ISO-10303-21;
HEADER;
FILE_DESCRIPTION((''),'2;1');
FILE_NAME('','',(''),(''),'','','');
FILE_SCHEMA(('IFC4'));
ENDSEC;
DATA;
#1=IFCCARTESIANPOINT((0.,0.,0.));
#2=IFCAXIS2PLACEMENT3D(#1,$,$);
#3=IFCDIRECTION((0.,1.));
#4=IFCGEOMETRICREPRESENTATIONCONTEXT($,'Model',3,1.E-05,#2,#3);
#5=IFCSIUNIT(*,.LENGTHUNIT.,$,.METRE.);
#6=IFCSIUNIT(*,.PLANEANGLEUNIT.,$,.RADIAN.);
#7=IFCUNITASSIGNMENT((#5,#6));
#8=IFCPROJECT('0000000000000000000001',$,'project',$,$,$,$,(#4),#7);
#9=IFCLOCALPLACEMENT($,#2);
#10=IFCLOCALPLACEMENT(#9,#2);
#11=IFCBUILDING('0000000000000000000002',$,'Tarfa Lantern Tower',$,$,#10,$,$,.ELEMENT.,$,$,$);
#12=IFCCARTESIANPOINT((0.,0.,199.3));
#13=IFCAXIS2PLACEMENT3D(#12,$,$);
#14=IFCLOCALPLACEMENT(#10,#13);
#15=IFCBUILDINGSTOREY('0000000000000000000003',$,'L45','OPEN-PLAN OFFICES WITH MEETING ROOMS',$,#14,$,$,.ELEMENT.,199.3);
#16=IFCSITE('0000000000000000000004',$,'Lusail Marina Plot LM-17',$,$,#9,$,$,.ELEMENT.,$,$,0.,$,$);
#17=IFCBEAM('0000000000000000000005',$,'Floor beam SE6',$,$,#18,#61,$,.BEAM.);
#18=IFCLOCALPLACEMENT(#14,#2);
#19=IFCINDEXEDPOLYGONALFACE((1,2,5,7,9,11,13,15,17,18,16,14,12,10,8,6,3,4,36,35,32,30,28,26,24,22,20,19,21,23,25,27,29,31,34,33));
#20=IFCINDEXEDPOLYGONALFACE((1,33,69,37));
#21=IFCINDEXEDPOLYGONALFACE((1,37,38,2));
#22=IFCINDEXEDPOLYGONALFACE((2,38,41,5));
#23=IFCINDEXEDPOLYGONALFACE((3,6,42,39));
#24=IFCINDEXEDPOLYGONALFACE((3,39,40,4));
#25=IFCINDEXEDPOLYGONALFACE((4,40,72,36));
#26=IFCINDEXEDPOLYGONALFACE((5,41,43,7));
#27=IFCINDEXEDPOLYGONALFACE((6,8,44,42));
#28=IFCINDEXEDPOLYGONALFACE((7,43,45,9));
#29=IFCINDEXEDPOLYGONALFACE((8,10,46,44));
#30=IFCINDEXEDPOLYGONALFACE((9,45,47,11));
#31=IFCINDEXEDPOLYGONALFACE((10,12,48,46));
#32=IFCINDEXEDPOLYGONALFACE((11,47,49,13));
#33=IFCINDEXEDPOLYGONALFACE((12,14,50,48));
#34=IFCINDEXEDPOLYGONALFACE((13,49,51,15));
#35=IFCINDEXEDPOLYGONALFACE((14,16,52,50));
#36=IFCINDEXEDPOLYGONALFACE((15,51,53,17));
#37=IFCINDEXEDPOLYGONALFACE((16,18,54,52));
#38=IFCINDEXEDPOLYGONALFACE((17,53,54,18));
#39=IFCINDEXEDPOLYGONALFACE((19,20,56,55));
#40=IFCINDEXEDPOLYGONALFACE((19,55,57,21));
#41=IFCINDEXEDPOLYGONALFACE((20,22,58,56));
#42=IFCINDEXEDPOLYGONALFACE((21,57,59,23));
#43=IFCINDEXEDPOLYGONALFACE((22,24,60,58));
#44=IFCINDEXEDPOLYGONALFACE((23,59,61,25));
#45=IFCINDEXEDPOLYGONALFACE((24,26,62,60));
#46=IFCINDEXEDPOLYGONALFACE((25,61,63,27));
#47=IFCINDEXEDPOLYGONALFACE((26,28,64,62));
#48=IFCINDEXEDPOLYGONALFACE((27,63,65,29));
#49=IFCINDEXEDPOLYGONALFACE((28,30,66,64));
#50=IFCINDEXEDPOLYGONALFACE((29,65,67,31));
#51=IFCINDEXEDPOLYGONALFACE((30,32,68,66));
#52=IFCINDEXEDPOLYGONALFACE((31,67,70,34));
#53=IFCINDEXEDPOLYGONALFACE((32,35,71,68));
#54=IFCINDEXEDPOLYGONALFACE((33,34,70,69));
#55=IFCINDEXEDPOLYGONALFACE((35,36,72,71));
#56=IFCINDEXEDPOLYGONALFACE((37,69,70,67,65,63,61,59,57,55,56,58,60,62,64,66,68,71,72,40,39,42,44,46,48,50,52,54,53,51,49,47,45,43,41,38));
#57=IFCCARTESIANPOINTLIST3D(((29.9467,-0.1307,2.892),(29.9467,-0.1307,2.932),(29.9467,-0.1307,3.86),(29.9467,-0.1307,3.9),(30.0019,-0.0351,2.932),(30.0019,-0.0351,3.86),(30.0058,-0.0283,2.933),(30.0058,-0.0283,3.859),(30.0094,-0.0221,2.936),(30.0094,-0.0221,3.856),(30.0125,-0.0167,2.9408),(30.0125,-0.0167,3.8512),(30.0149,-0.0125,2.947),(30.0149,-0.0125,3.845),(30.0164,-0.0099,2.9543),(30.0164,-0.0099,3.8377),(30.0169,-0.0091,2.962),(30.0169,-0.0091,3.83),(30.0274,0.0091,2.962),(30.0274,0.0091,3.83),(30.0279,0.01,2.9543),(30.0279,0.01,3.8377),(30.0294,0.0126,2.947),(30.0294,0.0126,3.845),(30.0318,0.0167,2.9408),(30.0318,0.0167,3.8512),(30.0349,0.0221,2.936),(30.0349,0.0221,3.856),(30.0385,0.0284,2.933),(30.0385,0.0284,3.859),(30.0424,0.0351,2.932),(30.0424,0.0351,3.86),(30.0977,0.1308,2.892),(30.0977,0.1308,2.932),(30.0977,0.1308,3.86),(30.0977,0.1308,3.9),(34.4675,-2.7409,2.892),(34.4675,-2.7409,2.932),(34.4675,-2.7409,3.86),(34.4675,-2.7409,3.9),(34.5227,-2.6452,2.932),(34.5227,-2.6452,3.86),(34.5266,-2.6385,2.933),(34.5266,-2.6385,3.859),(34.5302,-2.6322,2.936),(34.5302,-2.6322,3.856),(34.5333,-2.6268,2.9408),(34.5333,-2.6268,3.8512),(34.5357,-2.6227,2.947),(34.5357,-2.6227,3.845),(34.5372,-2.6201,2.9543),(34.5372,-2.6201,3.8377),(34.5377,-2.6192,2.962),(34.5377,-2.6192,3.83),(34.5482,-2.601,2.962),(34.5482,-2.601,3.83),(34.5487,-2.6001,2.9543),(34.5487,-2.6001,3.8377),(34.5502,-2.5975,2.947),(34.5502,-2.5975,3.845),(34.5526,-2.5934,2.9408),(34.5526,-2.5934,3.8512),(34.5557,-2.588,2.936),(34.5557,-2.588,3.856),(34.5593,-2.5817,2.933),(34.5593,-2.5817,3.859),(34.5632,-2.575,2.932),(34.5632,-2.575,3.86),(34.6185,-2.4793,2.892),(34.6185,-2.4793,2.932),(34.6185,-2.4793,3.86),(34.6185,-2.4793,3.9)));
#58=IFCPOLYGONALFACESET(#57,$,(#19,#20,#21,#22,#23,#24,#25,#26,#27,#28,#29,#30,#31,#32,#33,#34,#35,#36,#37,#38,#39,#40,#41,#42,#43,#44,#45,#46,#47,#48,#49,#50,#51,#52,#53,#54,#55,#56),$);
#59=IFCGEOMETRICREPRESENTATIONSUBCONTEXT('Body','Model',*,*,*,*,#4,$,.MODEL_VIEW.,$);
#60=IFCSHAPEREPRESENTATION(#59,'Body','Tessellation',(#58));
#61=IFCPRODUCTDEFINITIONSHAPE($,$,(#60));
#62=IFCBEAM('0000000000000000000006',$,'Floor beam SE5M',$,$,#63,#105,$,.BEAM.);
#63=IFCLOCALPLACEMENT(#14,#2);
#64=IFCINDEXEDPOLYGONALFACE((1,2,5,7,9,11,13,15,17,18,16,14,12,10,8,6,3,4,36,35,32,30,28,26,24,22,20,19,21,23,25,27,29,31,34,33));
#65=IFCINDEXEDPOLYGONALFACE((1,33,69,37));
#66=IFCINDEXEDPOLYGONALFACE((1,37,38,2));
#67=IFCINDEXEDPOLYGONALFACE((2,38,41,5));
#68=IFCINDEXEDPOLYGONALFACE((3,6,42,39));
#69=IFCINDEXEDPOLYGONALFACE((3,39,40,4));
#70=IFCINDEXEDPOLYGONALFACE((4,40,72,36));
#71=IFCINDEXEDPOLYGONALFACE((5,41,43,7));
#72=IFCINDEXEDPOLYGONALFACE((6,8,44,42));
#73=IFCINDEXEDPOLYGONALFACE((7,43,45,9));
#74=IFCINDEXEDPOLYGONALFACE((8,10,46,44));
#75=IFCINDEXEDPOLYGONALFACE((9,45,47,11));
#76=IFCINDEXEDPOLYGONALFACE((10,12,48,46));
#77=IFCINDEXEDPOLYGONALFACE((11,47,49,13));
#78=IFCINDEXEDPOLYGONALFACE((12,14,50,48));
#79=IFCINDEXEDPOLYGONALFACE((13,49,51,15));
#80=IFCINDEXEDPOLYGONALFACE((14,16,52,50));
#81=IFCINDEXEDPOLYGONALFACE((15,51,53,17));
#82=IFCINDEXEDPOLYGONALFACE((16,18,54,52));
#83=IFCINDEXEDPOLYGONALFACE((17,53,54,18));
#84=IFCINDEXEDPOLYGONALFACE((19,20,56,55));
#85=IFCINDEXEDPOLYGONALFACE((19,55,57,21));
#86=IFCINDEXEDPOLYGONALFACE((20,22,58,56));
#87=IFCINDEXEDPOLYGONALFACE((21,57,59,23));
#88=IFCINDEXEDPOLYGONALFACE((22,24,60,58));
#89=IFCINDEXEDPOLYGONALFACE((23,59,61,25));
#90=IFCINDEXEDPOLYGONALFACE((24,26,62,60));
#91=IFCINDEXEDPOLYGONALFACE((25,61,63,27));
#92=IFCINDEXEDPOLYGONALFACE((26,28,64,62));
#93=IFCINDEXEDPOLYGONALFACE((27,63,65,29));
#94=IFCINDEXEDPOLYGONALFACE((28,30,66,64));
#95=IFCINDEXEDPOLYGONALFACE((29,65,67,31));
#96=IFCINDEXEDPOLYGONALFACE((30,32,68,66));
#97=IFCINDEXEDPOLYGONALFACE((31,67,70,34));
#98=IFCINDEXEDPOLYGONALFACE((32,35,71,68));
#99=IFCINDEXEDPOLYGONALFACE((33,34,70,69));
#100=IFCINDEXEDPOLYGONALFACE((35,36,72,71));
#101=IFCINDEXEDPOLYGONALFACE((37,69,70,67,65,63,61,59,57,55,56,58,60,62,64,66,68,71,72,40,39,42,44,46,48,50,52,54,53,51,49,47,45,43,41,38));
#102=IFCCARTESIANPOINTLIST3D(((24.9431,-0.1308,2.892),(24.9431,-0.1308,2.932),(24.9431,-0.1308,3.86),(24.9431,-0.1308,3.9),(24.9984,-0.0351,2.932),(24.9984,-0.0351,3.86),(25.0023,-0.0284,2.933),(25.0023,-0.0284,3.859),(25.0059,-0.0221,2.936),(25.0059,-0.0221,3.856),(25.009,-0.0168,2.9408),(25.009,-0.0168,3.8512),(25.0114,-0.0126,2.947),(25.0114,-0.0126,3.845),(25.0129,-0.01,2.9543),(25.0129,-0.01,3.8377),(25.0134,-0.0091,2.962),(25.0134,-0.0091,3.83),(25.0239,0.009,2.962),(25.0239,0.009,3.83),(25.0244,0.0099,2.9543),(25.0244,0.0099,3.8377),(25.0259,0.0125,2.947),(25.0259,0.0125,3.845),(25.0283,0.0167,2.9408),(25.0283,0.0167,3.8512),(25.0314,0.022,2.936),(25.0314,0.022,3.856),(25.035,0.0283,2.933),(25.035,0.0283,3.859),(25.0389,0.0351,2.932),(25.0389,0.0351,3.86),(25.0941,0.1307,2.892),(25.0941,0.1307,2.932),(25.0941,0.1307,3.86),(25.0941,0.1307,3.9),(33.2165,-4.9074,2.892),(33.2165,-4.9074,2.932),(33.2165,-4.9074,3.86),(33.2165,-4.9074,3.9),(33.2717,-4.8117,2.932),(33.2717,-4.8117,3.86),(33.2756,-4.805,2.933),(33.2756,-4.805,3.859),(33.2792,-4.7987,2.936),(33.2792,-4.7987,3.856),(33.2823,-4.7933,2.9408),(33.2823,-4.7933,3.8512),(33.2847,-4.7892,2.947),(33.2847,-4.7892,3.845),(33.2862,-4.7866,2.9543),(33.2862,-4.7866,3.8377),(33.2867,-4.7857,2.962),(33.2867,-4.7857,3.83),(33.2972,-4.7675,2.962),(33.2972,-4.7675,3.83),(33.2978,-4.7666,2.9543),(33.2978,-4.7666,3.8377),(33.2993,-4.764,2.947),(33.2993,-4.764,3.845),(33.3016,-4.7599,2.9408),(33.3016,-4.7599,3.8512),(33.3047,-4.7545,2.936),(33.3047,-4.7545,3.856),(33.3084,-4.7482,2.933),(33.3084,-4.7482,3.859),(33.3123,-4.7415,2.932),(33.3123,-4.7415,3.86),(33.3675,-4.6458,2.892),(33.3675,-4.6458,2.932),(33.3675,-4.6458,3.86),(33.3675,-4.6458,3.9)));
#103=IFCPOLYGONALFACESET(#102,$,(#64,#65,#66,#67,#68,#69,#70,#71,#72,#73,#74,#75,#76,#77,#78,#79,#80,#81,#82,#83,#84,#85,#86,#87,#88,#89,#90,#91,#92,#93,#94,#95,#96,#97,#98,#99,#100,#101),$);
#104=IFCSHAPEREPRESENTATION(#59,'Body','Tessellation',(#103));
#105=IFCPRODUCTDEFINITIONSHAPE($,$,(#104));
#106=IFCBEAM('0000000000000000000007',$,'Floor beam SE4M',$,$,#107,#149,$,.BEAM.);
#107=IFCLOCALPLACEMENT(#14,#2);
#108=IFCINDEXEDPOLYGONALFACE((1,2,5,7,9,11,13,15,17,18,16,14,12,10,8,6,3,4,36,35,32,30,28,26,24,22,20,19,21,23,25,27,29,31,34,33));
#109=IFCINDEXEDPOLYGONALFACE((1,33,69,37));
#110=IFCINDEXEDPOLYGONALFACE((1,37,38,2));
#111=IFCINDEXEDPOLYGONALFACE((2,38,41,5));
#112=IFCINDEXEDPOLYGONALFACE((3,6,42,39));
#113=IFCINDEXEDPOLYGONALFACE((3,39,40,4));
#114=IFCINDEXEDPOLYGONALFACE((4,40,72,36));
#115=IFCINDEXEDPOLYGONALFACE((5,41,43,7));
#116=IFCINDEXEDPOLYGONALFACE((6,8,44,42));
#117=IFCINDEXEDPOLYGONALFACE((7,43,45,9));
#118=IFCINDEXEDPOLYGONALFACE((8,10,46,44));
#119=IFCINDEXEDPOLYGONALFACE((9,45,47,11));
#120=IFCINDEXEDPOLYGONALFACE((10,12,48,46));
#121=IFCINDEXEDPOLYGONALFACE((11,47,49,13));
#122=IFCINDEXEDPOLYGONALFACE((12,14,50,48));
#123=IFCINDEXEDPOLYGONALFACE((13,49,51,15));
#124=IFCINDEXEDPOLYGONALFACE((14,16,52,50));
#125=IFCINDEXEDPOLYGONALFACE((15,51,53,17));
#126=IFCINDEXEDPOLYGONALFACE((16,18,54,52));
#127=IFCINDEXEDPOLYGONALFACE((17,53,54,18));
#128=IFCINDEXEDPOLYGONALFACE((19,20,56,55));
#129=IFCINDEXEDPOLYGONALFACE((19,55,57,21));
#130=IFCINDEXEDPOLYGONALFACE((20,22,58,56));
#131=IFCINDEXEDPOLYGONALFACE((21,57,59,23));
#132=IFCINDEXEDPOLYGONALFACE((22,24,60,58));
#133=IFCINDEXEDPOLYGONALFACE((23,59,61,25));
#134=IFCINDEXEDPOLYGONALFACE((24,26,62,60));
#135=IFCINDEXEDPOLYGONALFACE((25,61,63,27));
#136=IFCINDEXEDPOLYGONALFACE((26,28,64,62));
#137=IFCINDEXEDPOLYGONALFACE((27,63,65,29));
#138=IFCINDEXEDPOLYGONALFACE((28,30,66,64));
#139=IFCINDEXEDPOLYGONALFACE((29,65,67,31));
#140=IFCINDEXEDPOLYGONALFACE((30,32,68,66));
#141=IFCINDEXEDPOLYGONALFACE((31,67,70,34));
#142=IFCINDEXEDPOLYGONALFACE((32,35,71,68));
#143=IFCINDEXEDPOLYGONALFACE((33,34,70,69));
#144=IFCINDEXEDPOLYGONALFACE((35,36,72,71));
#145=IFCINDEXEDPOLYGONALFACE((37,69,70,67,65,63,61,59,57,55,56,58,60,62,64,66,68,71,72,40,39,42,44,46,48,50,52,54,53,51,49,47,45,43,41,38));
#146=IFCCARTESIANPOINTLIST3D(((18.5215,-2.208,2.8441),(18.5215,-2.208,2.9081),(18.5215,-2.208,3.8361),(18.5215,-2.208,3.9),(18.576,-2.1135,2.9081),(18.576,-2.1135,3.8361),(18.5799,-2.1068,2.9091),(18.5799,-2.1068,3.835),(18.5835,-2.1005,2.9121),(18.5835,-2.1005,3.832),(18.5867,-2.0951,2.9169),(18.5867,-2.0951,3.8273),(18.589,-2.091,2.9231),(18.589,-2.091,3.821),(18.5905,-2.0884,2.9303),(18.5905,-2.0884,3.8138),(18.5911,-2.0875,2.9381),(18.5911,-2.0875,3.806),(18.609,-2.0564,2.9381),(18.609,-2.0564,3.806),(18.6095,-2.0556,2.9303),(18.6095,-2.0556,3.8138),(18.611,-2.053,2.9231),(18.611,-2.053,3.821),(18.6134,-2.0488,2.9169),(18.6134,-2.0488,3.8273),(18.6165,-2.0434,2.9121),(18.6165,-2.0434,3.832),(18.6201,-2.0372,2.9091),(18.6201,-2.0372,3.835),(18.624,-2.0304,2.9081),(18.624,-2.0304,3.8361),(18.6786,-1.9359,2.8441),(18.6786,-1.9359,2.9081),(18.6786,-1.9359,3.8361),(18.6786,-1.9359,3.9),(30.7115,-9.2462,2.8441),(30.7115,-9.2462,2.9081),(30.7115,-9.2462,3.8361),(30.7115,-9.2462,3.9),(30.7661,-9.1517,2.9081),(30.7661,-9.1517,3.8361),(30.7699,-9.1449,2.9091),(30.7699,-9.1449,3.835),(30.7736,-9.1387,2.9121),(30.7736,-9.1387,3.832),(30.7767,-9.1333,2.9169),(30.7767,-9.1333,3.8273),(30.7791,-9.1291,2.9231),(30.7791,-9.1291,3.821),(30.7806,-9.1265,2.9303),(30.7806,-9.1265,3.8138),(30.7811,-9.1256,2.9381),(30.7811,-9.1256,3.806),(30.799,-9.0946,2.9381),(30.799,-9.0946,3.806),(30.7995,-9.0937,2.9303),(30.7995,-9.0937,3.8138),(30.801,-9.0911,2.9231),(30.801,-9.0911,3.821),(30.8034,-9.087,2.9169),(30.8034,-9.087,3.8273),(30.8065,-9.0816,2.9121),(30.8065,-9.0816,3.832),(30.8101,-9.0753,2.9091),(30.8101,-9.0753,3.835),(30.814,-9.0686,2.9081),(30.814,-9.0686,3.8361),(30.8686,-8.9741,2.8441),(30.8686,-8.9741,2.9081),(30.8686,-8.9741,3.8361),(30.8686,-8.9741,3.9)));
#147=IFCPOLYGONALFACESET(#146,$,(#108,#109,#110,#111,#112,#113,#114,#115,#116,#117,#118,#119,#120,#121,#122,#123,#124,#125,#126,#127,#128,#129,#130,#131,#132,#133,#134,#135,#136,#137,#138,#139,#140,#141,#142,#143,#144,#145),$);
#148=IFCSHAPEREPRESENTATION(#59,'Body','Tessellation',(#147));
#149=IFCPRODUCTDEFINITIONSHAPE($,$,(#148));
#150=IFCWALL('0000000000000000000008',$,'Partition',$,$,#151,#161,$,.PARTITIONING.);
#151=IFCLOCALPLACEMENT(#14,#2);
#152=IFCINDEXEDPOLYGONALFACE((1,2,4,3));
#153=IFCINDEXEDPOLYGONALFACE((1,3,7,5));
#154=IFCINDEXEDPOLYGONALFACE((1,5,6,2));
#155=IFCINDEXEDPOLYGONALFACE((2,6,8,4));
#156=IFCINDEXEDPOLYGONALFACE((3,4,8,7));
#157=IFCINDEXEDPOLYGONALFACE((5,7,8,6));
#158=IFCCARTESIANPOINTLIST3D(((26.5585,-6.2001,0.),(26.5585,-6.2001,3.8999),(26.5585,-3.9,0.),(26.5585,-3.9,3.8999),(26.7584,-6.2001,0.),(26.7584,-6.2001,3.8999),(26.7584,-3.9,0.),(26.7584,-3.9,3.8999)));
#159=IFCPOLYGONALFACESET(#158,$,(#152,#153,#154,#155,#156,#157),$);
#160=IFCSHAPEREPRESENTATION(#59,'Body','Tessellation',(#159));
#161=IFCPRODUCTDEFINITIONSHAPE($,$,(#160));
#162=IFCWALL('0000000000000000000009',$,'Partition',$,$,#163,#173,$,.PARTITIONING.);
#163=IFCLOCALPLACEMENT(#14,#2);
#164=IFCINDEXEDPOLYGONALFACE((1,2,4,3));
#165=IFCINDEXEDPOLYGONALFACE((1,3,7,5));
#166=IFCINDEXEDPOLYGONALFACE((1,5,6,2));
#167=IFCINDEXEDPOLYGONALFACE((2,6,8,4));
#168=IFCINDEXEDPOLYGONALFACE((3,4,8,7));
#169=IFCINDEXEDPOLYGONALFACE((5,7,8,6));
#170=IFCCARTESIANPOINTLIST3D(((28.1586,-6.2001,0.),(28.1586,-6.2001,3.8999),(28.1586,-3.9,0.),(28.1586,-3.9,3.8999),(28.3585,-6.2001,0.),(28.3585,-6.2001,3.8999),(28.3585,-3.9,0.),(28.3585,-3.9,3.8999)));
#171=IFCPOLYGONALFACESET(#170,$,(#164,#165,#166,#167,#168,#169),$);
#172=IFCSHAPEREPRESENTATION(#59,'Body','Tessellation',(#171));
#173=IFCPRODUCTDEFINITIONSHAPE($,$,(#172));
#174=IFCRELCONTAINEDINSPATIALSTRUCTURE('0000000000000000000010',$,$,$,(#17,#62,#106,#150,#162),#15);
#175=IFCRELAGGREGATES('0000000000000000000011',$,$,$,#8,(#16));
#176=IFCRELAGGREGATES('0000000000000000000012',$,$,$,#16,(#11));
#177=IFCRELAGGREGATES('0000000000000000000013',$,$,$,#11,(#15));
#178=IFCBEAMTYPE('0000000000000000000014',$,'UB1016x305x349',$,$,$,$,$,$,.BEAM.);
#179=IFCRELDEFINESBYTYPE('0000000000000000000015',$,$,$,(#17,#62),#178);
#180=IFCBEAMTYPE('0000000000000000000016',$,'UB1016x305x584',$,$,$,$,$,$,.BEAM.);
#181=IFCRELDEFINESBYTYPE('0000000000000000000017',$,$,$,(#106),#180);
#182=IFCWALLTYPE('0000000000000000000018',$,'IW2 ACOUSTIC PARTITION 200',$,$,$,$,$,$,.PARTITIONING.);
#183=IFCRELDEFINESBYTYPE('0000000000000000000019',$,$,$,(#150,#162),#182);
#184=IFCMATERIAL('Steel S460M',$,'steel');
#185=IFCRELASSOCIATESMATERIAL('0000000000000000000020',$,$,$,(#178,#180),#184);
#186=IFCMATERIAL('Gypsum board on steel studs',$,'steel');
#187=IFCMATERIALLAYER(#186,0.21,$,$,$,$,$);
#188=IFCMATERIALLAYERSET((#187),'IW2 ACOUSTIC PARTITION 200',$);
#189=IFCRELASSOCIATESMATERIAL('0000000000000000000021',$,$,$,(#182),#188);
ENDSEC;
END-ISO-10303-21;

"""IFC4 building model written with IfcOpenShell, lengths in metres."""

from ifc_helpers import new_model, si_unit, direction, frame, frame_2d, origin, origin_2d, place, context, subcontext, project, spatial, rectangle, i_section, extrude, material, layer, layer_set, material_profile, profile_set, type_object, element, save


model = new_model("IFC4")

# Units and contexts
model_context = context("Model", 3, precision=1e-05, world=origin(), true_north=direction((0.0, 1.0)))
body_context = subcontext(model_context, "Body", "Model", "MODEL_VIEW")
ifc_project = project(units=[si_unit("LENGTHUNIT", "METRE"), si_unit("PLANEANGLEUNIT", "RADIAN")], contexts=[model_context])

# Site, building, storey
site_placement = place(None, origin())
site = spatial("IfcSite", under=ifc_project, at=site_placement, Name="Lusail Marina Plot LM-17", CompositionType="ELEMENT", RefElevation=0.0)
building_placement = place(site_placement, origin())
building = spatial("IfcBuilding", under=site, at=building_placement, Name="Tarfa Lantern Tower", CompositionType="ELEMENT")
storey_placement = place(building_placement, frame((0.0, 0.0, 199.3)))
storey = spatial("IfcBuildingStorey", under=building, at=storey_placement, Name="L45", Description="OPEN-PLAN OFFICES WITH MEETING ROOMS", CompositionType="ELEMENT", Elevation=199.3)

# Beams
ifc_material_1 = material(Name="Steel S460M", Category="steel")
ifc_material_profile_1 = material_profile(ifc_material_1, i_section(OverallWidth=0.302, OverallDepth=1.0081, WebThickness=0.021, FlangeThickness=0.04, FilletRadius=0.03, at=origin_2d()), Name="UB1016x305x349")
ifc_profile_set_1 = profile_set([ifc_material_profile_1], Name="Steel S460M")
beam_type_1 = type_object("IfcBeamType", Name="UB1016x305x349", PredefinedType="BEAM", material=ifc_profile_set_1)
beam_1_placement = place(storey_placement, frame((34.543, -2.6101, 3.396), z_axis=(-0.866021, 0.500007, 0.0), x_axis=(-0.500007, -0.866021, 0.0)))
element("IfcBeam", 1, at=beam_1_placement, inside=storey, type_object=beam_type_1, Name="Floor beam SE6", PredefinedType="BEAM", context=body_context, shape_type="SweptSolid", body=[
    extrude(i_section(OverallWidth=0.302, OverallDepth=1.0081, WebThickness=0.021, FlangeThickness=0.04, FilletRadius=0.03, at=origin_2d()), origin(), (0.0, 0.0, 1.0), 5.2202),
])
beam_2_placement = place(storey_placement, frame((33.292, -4.7766, 3.396), z_axis=(-0.866028, 0.499995, 0.0), x_axis=(-0.499995, -0.866028, 0.0)))
element("IfcBeam", 2, at=beam_2_placement, inside=storey, type_object=beam_type_1, Name="Floor beam SE5M", PredefinedType="BEAM", context=body_context, shape_type="SweptSolid", body=[
    extrude(i_section(OverallWidth=0.302, OverallDepth=1.0081, WebThickness=0.021, FlangeThickness=0.04, FilletRadius=0.03, at=origin_2d()), origin(), (0.0, 0.0, 1.0), 9.5532),
])
ifc_material_profile_2 = material_profile(ifc_material_1, i_section(OverallWidth=0.3142, OverallDepth=1.0559, WebThickness=0.0359, FlangeThickness=0.064, FilletRadius=0.03, at=origin_2d()), Name="UB1016x305x584")
ifc_profile_set_2 = profile_set([ifc_material_profile_2], Name="Steel S460M")
beam_type_2 = type_object("IfcBeamType", Name="UB1016x305x584", PredefinedType="BEAM", material=ifc_profile_set_2)
beam_3_placement = place(storey_placement, frame((30.79, -9.1101, 3.3721), z_axis=(-0.866019, 0.500012, 0.0), x_axis=(-0.500012, -0.866019, 0.0)))
element("IfcBeam", 3, at=beam_3_placement, inside=storey, type_object=beam_type_2, Name="Floor beam SE4M", PredefinedType="BEAM", context=body_context, shape_type="SweptSolid", body=[
    extrude(i_section(OverallWidth=0.3142, OverallDepth=1.0559, WebThickness=0.0359, FlangeThickness=0.064, FilletRadius=0.03, at=origin_2d()), origin(), (0.0, 0.0, 1.0), 14.0759),
])

# Walls
ifc_material_2 = material(Name="Gypsum board on steel studs", Category="steel")
ifc_layer = layer(ifc_material_2, 0.21)
ifc_layer_set = layer_set([ifc_layer], Name="IW2 ACOUSTIC PARTITION 200")
wall_type = type_object("IfcWallType", Name="IW2 ACOUSTIC PARTITION 200", PredefinedType="PARTITIONING", material=ifc_layer_set)
for number, where, z_axis, x_axis, name in (
    (4, (26.6584, -6.2, 0.0), (0.0, 0.0, 1.0), (0.0, 1.0, 0.0), "Partition"),
    (5, (28.2585, -6.2, 0.0), (0.0, 0.0, 1.0), (0.0, 1.0, 0.0), "Partition"),
):
    element("IfcWall", number, at=place(storey_placement, frame(where, z_axis=z_axis, x_axis=x_axis)), inside=storey, type_object=wall_type, Name=name, PredefinedType="PARTITIONING", context=body_context, shape_type="SweptSolid", body=[
        extrude(rectangle(XDim=2.3, YDim=0.2, at=frame_2d((1.1499, 0.0))), origin(), (0.0, 0.0, 1.0), 3.8999),
    ])

save(model, "model.ifc")
